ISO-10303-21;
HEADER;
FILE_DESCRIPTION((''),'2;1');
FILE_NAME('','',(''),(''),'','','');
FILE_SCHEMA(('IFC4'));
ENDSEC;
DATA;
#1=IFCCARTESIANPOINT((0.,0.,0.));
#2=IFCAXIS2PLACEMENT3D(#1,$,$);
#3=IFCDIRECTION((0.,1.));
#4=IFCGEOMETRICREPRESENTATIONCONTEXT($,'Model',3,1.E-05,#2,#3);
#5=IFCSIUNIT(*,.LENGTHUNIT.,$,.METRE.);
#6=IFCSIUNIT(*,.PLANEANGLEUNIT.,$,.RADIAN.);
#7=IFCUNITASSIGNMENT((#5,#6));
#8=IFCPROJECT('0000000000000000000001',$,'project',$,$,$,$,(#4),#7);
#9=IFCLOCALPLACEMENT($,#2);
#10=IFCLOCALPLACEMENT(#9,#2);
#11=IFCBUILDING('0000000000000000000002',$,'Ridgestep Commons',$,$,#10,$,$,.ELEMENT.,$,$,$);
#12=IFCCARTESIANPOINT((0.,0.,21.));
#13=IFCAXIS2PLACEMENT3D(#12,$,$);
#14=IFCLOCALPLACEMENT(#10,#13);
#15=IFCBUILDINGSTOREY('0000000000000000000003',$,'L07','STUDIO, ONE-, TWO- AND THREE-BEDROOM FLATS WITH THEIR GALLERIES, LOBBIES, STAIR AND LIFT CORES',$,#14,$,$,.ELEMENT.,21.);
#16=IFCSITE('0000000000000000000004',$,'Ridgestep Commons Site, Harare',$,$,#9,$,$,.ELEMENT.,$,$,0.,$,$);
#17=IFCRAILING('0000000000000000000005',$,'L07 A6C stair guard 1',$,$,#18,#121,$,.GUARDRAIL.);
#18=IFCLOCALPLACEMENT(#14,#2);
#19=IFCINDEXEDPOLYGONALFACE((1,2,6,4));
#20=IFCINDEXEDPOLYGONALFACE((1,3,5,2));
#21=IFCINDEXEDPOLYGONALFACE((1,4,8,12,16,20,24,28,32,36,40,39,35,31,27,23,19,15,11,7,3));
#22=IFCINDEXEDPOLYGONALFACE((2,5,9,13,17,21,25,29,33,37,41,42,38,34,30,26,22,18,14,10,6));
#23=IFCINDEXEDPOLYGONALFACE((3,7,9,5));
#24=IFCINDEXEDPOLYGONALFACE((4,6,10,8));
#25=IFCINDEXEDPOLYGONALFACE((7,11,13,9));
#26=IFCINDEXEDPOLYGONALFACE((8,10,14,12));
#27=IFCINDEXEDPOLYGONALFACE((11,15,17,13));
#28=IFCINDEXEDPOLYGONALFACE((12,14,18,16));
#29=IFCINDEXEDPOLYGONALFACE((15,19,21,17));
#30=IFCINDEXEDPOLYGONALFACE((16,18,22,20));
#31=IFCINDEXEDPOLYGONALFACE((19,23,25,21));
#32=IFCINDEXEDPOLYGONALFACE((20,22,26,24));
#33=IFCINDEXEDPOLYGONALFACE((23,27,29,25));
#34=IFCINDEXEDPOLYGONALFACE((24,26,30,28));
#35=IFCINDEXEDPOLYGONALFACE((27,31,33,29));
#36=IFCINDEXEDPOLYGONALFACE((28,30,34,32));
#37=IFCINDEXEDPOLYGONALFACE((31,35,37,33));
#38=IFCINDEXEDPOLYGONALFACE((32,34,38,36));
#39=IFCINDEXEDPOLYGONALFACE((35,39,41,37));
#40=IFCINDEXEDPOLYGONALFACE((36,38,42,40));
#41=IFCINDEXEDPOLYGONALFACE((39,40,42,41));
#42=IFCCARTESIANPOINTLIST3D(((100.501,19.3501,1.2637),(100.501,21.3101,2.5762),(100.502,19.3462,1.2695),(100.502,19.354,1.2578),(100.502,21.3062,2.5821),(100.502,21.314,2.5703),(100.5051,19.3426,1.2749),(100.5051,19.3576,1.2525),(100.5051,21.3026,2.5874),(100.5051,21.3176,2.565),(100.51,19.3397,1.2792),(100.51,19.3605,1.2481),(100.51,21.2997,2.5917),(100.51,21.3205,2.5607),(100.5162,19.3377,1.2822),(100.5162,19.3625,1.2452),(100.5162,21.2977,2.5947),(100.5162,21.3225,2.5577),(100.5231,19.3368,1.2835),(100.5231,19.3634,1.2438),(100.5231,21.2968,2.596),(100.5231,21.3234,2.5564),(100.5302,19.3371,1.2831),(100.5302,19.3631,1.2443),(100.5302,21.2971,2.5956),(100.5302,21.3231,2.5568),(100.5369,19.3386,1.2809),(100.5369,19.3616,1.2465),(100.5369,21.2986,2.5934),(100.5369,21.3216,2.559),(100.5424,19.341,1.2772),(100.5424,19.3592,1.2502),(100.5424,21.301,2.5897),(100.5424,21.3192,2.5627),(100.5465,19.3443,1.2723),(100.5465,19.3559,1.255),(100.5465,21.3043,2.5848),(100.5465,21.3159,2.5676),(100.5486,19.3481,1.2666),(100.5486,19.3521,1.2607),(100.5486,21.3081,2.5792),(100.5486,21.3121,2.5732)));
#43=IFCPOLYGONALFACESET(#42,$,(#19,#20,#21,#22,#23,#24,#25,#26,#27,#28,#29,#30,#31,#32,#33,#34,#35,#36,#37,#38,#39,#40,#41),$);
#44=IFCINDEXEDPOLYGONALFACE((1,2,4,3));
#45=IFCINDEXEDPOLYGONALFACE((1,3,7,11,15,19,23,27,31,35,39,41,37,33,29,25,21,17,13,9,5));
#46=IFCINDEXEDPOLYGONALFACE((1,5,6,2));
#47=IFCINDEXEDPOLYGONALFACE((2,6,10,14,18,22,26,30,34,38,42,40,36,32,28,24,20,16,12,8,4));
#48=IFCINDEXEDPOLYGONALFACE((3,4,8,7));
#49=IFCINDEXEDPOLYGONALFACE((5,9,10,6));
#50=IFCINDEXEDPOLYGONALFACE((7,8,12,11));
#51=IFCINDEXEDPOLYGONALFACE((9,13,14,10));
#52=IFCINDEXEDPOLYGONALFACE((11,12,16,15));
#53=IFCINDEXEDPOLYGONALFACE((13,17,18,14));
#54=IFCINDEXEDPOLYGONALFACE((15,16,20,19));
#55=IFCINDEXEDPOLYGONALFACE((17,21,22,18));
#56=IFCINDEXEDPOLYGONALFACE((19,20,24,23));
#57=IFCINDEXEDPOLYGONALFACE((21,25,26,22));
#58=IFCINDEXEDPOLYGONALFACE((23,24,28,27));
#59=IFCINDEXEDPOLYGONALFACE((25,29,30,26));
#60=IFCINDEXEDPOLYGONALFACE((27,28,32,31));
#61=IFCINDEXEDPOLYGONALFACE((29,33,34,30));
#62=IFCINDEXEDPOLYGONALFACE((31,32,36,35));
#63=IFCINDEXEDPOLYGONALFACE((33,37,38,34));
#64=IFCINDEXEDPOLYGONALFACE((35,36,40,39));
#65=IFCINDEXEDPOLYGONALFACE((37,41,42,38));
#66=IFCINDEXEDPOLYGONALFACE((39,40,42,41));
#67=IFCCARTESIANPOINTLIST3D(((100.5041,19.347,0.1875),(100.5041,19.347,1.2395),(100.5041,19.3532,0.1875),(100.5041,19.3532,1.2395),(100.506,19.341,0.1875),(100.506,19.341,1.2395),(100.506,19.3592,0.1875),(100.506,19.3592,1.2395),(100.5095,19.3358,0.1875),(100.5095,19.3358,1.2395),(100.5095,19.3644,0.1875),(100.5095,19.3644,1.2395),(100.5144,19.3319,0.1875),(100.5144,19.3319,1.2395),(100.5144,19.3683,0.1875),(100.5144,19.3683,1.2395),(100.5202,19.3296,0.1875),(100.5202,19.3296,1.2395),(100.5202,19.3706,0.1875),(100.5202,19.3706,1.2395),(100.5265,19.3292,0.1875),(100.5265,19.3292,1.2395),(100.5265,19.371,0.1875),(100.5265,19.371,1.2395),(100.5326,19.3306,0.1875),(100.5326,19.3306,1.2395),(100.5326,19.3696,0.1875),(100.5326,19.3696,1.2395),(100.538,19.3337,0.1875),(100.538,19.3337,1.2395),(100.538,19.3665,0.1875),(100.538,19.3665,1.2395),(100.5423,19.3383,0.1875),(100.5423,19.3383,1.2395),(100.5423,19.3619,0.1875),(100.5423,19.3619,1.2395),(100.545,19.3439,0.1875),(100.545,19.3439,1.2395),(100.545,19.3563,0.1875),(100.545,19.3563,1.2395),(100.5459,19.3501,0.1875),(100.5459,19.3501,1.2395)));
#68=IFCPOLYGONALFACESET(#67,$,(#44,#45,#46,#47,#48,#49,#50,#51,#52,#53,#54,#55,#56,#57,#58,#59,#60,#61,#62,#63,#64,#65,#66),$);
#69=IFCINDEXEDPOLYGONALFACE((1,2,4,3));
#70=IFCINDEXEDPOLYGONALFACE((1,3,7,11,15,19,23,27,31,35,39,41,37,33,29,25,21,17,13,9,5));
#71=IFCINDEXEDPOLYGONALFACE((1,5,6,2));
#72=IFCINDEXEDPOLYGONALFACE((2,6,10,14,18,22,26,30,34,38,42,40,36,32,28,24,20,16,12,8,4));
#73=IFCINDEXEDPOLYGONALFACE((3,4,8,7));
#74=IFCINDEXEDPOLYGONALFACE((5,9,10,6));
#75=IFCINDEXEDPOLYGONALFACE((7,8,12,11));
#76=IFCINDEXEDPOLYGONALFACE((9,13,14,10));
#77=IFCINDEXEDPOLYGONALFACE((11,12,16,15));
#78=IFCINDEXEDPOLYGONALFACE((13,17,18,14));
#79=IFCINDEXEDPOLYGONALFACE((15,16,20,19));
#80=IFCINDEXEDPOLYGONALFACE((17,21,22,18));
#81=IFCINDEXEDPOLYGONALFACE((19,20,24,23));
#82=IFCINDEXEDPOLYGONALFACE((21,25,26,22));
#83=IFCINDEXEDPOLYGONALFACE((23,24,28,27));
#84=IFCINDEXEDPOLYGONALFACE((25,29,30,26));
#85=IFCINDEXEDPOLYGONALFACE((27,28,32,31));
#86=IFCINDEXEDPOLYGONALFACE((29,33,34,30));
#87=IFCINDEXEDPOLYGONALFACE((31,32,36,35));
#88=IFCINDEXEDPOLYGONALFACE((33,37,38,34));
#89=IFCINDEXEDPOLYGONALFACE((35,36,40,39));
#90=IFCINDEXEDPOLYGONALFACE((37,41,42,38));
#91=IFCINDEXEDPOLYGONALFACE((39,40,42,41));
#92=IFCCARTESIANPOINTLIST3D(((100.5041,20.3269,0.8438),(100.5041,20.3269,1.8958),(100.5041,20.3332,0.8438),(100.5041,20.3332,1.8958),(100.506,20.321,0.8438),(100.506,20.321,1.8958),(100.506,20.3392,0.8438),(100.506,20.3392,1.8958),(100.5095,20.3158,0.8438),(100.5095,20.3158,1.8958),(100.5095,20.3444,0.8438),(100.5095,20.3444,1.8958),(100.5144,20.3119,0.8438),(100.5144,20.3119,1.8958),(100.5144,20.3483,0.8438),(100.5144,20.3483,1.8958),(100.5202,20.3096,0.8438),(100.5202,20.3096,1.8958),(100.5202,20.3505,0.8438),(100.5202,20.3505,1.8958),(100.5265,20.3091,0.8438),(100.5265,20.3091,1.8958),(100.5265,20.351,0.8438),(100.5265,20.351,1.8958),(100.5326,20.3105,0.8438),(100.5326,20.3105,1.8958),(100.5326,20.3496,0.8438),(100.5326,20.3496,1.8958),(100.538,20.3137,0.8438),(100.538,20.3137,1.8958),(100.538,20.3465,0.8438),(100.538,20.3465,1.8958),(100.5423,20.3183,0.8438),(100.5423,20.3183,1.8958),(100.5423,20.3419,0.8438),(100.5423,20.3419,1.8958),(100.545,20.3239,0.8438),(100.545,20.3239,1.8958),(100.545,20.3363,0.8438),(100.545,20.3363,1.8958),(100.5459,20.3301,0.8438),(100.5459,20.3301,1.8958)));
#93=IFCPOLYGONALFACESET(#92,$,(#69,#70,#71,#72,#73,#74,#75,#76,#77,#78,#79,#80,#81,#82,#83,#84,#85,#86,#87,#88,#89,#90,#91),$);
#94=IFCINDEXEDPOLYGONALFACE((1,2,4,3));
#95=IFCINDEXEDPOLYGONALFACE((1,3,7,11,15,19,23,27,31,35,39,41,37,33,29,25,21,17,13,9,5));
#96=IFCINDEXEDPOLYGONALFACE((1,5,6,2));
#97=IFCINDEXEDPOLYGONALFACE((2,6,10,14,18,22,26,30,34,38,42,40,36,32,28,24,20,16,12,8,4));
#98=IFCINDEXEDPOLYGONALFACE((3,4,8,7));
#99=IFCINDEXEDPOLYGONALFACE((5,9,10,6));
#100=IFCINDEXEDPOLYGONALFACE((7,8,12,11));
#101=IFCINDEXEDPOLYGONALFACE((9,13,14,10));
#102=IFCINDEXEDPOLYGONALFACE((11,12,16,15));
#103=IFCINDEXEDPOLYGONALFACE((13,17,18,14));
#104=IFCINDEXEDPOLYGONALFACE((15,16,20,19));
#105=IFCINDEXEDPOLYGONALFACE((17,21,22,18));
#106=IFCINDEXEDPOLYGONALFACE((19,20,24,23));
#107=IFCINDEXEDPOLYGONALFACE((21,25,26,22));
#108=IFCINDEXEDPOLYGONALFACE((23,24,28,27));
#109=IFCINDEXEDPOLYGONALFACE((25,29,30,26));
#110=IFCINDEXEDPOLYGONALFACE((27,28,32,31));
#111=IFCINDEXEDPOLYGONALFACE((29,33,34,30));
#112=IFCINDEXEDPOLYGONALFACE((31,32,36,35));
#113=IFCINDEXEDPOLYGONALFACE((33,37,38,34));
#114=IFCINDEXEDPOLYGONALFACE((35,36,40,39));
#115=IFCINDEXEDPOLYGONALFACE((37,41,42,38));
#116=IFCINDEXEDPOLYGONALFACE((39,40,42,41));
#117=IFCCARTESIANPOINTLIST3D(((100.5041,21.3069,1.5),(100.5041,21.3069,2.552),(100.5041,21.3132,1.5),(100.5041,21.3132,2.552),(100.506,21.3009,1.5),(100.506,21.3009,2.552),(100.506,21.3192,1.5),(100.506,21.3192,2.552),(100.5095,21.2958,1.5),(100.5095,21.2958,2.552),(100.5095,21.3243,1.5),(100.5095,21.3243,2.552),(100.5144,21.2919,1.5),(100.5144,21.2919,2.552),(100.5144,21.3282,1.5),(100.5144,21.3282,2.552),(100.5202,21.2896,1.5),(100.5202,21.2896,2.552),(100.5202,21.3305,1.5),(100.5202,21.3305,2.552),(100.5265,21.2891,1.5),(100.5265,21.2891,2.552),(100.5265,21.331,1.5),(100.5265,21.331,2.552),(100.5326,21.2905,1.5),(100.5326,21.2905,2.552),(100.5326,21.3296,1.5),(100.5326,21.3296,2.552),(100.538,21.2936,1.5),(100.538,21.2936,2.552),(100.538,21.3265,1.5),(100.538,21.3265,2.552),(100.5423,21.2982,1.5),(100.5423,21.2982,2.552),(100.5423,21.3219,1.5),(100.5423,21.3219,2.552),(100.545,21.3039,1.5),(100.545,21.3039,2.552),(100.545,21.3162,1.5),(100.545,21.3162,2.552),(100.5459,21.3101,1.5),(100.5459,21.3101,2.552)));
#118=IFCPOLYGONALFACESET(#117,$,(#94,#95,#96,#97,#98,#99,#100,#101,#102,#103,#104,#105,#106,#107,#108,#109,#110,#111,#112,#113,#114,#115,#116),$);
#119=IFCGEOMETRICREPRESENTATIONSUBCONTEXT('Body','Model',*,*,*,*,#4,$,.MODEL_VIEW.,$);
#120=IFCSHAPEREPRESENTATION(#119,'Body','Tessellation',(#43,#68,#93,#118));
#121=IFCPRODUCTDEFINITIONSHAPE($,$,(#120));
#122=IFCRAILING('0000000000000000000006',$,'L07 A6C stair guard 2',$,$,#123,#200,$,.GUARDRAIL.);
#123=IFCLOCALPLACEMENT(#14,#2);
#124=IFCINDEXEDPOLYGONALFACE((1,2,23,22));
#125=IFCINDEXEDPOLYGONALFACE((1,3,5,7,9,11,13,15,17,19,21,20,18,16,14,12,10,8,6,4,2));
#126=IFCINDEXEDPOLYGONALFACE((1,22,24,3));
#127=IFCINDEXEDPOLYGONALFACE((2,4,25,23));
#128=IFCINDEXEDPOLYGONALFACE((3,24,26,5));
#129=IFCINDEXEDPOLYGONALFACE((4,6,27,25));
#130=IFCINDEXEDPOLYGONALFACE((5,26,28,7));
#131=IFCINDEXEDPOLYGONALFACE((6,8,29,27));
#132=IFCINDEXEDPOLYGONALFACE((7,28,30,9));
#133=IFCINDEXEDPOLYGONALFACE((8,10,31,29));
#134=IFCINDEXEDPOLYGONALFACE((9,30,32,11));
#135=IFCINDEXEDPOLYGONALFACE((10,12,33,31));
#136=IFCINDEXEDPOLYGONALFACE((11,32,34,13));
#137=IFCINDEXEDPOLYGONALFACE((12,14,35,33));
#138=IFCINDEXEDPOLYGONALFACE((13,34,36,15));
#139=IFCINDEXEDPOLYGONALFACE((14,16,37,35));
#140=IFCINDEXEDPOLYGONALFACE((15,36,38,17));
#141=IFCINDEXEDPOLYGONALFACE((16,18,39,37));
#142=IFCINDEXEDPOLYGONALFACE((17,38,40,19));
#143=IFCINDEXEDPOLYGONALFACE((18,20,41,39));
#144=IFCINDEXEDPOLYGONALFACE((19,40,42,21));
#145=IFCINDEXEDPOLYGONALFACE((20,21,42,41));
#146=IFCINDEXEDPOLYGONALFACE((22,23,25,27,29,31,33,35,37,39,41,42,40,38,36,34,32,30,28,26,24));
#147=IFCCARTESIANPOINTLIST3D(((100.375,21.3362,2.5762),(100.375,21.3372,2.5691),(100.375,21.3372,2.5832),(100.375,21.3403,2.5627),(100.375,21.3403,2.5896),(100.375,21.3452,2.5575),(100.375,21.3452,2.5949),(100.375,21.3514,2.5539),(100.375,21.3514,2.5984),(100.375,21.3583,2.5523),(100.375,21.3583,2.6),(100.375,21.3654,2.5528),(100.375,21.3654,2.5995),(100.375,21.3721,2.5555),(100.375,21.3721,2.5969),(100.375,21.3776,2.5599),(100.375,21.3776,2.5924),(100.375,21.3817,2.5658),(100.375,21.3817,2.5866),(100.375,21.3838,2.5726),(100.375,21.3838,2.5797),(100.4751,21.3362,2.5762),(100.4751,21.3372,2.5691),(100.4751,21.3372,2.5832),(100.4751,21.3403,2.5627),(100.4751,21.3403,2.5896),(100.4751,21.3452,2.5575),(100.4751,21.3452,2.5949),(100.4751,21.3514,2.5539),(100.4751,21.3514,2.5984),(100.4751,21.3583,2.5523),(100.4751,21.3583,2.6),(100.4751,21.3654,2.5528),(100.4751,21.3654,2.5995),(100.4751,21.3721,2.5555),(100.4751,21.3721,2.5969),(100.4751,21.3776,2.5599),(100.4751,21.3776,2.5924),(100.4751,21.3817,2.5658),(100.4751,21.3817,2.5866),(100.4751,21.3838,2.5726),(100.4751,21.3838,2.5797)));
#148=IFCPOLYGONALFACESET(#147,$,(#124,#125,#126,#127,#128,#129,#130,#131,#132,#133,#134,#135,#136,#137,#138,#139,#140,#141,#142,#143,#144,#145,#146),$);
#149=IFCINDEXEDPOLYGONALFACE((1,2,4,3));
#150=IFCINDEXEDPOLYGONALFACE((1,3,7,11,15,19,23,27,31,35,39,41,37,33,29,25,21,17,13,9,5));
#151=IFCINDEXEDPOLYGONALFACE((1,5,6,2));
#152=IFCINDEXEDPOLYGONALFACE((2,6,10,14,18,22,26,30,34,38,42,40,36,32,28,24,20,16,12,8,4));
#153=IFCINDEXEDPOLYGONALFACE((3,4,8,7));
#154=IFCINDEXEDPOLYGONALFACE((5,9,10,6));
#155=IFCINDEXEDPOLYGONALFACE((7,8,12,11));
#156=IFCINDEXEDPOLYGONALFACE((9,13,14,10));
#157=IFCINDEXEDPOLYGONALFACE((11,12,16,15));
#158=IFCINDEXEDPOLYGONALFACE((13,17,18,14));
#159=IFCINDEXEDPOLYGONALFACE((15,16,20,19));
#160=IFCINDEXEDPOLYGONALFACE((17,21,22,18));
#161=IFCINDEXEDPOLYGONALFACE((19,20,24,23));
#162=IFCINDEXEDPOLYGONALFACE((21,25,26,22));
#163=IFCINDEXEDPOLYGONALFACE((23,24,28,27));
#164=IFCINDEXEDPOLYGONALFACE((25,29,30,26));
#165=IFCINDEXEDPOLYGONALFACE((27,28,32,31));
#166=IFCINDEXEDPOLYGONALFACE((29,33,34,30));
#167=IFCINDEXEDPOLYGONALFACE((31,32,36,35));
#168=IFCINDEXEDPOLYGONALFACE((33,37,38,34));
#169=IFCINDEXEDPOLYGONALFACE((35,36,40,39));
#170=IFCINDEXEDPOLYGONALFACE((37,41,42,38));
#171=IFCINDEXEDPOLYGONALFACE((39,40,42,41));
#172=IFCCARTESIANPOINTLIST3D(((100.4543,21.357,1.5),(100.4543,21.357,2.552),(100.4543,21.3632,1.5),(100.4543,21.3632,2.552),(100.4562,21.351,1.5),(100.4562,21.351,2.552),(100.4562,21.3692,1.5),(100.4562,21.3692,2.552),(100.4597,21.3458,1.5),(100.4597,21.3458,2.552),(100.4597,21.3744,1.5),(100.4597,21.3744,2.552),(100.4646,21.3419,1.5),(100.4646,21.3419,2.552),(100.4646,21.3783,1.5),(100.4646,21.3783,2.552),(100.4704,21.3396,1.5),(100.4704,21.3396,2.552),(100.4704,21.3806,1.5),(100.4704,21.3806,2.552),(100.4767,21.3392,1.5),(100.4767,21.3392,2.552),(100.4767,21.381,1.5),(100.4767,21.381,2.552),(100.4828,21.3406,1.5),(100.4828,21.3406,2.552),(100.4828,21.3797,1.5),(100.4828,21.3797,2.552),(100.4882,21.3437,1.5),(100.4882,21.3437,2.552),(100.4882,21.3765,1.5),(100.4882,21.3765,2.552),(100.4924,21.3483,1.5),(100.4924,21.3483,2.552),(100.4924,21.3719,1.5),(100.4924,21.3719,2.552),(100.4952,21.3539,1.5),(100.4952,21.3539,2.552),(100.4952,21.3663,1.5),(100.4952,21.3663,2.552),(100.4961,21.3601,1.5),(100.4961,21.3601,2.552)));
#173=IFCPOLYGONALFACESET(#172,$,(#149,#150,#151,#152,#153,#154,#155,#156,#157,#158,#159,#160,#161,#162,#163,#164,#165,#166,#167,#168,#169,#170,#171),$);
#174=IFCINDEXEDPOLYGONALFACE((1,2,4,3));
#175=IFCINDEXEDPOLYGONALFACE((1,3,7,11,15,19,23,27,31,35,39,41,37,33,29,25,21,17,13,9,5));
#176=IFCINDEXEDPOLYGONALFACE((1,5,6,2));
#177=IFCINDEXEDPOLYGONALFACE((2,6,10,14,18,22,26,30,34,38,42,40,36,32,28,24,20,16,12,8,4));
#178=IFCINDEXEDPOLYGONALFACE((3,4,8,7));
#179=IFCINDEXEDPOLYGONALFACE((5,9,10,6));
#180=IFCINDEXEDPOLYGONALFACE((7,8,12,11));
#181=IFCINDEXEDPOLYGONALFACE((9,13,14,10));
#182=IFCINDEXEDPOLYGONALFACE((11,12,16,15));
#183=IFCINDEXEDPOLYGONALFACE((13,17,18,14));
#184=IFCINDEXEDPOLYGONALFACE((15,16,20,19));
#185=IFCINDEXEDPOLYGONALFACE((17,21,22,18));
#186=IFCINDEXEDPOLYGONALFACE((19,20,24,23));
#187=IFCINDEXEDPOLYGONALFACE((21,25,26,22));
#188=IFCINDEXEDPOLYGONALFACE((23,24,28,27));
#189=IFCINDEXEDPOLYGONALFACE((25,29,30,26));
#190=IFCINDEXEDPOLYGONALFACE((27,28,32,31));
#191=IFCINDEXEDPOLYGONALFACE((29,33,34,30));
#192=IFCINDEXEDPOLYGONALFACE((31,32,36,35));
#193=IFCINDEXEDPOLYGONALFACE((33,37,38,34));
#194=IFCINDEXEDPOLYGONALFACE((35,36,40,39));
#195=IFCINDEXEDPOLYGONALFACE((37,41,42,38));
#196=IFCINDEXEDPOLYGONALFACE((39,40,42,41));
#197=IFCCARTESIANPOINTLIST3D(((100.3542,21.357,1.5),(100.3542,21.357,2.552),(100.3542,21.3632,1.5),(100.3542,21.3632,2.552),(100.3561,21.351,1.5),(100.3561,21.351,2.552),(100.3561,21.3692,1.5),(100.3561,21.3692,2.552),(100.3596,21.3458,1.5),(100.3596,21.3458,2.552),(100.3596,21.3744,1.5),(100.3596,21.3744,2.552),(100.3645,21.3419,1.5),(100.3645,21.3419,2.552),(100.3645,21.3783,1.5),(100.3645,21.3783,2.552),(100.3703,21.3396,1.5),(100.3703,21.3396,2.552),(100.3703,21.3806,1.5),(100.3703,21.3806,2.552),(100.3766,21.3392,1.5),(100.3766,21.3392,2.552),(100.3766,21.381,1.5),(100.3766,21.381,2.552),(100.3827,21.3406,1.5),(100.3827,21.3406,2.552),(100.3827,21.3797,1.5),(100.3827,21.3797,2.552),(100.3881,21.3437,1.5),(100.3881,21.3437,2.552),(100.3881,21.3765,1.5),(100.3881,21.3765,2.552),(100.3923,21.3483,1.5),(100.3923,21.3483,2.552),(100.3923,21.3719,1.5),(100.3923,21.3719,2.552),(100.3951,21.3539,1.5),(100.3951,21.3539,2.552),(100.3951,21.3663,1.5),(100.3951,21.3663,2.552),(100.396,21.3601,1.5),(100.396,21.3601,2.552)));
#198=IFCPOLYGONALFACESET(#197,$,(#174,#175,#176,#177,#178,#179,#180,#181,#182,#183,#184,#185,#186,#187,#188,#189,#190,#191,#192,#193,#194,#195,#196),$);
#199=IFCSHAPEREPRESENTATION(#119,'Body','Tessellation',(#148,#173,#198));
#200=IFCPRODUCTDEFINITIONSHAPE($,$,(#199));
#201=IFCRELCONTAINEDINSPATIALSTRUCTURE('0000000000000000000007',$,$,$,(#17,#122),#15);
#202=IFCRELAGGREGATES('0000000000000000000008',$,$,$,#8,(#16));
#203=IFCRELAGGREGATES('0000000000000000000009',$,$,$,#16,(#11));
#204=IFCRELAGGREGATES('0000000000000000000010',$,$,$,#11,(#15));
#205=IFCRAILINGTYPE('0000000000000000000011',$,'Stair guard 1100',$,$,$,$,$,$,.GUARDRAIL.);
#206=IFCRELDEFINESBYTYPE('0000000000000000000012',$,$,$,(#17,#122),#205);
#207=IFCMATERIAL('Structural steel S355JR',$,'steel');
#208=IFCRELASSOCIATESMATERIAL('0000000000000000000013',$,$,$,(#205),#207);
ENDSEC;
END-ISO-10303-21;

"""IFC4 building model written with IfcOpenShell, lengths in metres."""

from ifc_helpers import new_model, si_unit, direction, frame, origin, origin_2d, place, context, subcontext, project, spatial, circle, extrude, material, type_object, element, save


model = new_model("IFC4")

# Units and contexts
model_context = context("Model", 3, precision=1e-05, world=origin(), true_north=direction((0.0, 1.0)))
body_context = subcontext(model_context, "Body", "Model", "MODEL_VIEW")
ifc_project = project(units=[si_unit("LENGTHUNIT", "METRE"), si_unit("PLANEANGLEUNIT", "RADIAN")], contexts=[model_context])

# Site, building, storey
site_placement = place(None, origin())
site = spatial("IfcSite", under=ifc_project, at=site_placement, Name="Ridgestep Commons Site, Harare", CompositionType="ELEMENT", RefElevation=0.0)
building_placement = place(site_placement, origin())
building = spatial("IfcBuilding", under=site, at=building_placement, Name="Ridgestep Commons", CompositionType="ELEMENT")
storey_placement = place(building_placement, frame((0.0, 0.0, 21.0)))
storey = spatial("IfcBuildingStorey", under=building, at=storey_placement, Name="L07", Description="STUDIO, ONE-, TWO- AND THREE-BEDROOM FLATS WITH THEIR GALLERIES, LOBBIES, STAIR AND LIFT CORES", CompositionType="ELEMENT", Elevation=21.0)

# Railings
ifc_material_1 = material(Name="Structural steel S355JR", Category="steel")
railing_type_1 = type_object("IfcRailingType", Name="Stair guard 1100", PredefinedType="GUARDRAIL", material=ifc_material_1)
railing_1_placement = place(storey_placement, frame((100.5249, 19.3501, 0.1875)))
element("IfcRailing", 1, at=railing_1_placement, inside=storey, type_object=railing_type_1, Name="L07 A6C stair guard 1", PredefinedType="GUARDRAIL", context=body_context, shape_type="SweptSolid", body=[
    extrude(circle(Radius=0.0239, at=origin_2d()), frame((0.0, 0.0, 1.0762), z_axis=(0.0, 0.830902, 0.556419), x_axis=(-1.0, 0.0, 0.0)), (0.0, 0.0, 1.0), 2.3589),
    extrude(circle(Radius=0.021, at=origin_2d()), origin(), (0.0, 0.0, 1.0), 1.052),
    extrude(circle(Radius=0.021, at=origin_2d()), frame((0.0, 0.98, 0.6562)), (0.0, 0.0, 1.0), 1.052),
    extrude(circle(Radius=0.021, at=origin_2d()), frame((0.0, 1.96, 1.3125)), (0.0, 0.0, 1.0), 1.052),
])
railing_2_placement = place(storey_placement, frame((100.4751, 21.3601, 1.5)))
element("IfcRailing", 2, at=railing_2_placement, inside=storey, type_object=railing_type_1, Name="L07 A6C stair guard 2", PredefinedType="GUARDRAIL", context=body_context, shape_type="SweptSolid", body=[
    extrude(circle(Radius=0.0239, at=origin_2d()), frame((0.0, 0.0, 1.0762), z_axis=(-1.0, 0.0, 0.0), x_axis=(0.0, -1.0, 0.0)), (0.0, 0.0, 1.0), 0.1001),
    extrude(circle(Radius=0.021, at=origin_2d()), origin(), (0.0, 0.0, 1.0), 1.052),
    extrude(circle(Radius=0.021, at=origin_2d()), frame((-0.1001, 0.0, 0.0)), (0.0, 0.0, 1.0), 1.052),
])

save(model, "model.ifc")
